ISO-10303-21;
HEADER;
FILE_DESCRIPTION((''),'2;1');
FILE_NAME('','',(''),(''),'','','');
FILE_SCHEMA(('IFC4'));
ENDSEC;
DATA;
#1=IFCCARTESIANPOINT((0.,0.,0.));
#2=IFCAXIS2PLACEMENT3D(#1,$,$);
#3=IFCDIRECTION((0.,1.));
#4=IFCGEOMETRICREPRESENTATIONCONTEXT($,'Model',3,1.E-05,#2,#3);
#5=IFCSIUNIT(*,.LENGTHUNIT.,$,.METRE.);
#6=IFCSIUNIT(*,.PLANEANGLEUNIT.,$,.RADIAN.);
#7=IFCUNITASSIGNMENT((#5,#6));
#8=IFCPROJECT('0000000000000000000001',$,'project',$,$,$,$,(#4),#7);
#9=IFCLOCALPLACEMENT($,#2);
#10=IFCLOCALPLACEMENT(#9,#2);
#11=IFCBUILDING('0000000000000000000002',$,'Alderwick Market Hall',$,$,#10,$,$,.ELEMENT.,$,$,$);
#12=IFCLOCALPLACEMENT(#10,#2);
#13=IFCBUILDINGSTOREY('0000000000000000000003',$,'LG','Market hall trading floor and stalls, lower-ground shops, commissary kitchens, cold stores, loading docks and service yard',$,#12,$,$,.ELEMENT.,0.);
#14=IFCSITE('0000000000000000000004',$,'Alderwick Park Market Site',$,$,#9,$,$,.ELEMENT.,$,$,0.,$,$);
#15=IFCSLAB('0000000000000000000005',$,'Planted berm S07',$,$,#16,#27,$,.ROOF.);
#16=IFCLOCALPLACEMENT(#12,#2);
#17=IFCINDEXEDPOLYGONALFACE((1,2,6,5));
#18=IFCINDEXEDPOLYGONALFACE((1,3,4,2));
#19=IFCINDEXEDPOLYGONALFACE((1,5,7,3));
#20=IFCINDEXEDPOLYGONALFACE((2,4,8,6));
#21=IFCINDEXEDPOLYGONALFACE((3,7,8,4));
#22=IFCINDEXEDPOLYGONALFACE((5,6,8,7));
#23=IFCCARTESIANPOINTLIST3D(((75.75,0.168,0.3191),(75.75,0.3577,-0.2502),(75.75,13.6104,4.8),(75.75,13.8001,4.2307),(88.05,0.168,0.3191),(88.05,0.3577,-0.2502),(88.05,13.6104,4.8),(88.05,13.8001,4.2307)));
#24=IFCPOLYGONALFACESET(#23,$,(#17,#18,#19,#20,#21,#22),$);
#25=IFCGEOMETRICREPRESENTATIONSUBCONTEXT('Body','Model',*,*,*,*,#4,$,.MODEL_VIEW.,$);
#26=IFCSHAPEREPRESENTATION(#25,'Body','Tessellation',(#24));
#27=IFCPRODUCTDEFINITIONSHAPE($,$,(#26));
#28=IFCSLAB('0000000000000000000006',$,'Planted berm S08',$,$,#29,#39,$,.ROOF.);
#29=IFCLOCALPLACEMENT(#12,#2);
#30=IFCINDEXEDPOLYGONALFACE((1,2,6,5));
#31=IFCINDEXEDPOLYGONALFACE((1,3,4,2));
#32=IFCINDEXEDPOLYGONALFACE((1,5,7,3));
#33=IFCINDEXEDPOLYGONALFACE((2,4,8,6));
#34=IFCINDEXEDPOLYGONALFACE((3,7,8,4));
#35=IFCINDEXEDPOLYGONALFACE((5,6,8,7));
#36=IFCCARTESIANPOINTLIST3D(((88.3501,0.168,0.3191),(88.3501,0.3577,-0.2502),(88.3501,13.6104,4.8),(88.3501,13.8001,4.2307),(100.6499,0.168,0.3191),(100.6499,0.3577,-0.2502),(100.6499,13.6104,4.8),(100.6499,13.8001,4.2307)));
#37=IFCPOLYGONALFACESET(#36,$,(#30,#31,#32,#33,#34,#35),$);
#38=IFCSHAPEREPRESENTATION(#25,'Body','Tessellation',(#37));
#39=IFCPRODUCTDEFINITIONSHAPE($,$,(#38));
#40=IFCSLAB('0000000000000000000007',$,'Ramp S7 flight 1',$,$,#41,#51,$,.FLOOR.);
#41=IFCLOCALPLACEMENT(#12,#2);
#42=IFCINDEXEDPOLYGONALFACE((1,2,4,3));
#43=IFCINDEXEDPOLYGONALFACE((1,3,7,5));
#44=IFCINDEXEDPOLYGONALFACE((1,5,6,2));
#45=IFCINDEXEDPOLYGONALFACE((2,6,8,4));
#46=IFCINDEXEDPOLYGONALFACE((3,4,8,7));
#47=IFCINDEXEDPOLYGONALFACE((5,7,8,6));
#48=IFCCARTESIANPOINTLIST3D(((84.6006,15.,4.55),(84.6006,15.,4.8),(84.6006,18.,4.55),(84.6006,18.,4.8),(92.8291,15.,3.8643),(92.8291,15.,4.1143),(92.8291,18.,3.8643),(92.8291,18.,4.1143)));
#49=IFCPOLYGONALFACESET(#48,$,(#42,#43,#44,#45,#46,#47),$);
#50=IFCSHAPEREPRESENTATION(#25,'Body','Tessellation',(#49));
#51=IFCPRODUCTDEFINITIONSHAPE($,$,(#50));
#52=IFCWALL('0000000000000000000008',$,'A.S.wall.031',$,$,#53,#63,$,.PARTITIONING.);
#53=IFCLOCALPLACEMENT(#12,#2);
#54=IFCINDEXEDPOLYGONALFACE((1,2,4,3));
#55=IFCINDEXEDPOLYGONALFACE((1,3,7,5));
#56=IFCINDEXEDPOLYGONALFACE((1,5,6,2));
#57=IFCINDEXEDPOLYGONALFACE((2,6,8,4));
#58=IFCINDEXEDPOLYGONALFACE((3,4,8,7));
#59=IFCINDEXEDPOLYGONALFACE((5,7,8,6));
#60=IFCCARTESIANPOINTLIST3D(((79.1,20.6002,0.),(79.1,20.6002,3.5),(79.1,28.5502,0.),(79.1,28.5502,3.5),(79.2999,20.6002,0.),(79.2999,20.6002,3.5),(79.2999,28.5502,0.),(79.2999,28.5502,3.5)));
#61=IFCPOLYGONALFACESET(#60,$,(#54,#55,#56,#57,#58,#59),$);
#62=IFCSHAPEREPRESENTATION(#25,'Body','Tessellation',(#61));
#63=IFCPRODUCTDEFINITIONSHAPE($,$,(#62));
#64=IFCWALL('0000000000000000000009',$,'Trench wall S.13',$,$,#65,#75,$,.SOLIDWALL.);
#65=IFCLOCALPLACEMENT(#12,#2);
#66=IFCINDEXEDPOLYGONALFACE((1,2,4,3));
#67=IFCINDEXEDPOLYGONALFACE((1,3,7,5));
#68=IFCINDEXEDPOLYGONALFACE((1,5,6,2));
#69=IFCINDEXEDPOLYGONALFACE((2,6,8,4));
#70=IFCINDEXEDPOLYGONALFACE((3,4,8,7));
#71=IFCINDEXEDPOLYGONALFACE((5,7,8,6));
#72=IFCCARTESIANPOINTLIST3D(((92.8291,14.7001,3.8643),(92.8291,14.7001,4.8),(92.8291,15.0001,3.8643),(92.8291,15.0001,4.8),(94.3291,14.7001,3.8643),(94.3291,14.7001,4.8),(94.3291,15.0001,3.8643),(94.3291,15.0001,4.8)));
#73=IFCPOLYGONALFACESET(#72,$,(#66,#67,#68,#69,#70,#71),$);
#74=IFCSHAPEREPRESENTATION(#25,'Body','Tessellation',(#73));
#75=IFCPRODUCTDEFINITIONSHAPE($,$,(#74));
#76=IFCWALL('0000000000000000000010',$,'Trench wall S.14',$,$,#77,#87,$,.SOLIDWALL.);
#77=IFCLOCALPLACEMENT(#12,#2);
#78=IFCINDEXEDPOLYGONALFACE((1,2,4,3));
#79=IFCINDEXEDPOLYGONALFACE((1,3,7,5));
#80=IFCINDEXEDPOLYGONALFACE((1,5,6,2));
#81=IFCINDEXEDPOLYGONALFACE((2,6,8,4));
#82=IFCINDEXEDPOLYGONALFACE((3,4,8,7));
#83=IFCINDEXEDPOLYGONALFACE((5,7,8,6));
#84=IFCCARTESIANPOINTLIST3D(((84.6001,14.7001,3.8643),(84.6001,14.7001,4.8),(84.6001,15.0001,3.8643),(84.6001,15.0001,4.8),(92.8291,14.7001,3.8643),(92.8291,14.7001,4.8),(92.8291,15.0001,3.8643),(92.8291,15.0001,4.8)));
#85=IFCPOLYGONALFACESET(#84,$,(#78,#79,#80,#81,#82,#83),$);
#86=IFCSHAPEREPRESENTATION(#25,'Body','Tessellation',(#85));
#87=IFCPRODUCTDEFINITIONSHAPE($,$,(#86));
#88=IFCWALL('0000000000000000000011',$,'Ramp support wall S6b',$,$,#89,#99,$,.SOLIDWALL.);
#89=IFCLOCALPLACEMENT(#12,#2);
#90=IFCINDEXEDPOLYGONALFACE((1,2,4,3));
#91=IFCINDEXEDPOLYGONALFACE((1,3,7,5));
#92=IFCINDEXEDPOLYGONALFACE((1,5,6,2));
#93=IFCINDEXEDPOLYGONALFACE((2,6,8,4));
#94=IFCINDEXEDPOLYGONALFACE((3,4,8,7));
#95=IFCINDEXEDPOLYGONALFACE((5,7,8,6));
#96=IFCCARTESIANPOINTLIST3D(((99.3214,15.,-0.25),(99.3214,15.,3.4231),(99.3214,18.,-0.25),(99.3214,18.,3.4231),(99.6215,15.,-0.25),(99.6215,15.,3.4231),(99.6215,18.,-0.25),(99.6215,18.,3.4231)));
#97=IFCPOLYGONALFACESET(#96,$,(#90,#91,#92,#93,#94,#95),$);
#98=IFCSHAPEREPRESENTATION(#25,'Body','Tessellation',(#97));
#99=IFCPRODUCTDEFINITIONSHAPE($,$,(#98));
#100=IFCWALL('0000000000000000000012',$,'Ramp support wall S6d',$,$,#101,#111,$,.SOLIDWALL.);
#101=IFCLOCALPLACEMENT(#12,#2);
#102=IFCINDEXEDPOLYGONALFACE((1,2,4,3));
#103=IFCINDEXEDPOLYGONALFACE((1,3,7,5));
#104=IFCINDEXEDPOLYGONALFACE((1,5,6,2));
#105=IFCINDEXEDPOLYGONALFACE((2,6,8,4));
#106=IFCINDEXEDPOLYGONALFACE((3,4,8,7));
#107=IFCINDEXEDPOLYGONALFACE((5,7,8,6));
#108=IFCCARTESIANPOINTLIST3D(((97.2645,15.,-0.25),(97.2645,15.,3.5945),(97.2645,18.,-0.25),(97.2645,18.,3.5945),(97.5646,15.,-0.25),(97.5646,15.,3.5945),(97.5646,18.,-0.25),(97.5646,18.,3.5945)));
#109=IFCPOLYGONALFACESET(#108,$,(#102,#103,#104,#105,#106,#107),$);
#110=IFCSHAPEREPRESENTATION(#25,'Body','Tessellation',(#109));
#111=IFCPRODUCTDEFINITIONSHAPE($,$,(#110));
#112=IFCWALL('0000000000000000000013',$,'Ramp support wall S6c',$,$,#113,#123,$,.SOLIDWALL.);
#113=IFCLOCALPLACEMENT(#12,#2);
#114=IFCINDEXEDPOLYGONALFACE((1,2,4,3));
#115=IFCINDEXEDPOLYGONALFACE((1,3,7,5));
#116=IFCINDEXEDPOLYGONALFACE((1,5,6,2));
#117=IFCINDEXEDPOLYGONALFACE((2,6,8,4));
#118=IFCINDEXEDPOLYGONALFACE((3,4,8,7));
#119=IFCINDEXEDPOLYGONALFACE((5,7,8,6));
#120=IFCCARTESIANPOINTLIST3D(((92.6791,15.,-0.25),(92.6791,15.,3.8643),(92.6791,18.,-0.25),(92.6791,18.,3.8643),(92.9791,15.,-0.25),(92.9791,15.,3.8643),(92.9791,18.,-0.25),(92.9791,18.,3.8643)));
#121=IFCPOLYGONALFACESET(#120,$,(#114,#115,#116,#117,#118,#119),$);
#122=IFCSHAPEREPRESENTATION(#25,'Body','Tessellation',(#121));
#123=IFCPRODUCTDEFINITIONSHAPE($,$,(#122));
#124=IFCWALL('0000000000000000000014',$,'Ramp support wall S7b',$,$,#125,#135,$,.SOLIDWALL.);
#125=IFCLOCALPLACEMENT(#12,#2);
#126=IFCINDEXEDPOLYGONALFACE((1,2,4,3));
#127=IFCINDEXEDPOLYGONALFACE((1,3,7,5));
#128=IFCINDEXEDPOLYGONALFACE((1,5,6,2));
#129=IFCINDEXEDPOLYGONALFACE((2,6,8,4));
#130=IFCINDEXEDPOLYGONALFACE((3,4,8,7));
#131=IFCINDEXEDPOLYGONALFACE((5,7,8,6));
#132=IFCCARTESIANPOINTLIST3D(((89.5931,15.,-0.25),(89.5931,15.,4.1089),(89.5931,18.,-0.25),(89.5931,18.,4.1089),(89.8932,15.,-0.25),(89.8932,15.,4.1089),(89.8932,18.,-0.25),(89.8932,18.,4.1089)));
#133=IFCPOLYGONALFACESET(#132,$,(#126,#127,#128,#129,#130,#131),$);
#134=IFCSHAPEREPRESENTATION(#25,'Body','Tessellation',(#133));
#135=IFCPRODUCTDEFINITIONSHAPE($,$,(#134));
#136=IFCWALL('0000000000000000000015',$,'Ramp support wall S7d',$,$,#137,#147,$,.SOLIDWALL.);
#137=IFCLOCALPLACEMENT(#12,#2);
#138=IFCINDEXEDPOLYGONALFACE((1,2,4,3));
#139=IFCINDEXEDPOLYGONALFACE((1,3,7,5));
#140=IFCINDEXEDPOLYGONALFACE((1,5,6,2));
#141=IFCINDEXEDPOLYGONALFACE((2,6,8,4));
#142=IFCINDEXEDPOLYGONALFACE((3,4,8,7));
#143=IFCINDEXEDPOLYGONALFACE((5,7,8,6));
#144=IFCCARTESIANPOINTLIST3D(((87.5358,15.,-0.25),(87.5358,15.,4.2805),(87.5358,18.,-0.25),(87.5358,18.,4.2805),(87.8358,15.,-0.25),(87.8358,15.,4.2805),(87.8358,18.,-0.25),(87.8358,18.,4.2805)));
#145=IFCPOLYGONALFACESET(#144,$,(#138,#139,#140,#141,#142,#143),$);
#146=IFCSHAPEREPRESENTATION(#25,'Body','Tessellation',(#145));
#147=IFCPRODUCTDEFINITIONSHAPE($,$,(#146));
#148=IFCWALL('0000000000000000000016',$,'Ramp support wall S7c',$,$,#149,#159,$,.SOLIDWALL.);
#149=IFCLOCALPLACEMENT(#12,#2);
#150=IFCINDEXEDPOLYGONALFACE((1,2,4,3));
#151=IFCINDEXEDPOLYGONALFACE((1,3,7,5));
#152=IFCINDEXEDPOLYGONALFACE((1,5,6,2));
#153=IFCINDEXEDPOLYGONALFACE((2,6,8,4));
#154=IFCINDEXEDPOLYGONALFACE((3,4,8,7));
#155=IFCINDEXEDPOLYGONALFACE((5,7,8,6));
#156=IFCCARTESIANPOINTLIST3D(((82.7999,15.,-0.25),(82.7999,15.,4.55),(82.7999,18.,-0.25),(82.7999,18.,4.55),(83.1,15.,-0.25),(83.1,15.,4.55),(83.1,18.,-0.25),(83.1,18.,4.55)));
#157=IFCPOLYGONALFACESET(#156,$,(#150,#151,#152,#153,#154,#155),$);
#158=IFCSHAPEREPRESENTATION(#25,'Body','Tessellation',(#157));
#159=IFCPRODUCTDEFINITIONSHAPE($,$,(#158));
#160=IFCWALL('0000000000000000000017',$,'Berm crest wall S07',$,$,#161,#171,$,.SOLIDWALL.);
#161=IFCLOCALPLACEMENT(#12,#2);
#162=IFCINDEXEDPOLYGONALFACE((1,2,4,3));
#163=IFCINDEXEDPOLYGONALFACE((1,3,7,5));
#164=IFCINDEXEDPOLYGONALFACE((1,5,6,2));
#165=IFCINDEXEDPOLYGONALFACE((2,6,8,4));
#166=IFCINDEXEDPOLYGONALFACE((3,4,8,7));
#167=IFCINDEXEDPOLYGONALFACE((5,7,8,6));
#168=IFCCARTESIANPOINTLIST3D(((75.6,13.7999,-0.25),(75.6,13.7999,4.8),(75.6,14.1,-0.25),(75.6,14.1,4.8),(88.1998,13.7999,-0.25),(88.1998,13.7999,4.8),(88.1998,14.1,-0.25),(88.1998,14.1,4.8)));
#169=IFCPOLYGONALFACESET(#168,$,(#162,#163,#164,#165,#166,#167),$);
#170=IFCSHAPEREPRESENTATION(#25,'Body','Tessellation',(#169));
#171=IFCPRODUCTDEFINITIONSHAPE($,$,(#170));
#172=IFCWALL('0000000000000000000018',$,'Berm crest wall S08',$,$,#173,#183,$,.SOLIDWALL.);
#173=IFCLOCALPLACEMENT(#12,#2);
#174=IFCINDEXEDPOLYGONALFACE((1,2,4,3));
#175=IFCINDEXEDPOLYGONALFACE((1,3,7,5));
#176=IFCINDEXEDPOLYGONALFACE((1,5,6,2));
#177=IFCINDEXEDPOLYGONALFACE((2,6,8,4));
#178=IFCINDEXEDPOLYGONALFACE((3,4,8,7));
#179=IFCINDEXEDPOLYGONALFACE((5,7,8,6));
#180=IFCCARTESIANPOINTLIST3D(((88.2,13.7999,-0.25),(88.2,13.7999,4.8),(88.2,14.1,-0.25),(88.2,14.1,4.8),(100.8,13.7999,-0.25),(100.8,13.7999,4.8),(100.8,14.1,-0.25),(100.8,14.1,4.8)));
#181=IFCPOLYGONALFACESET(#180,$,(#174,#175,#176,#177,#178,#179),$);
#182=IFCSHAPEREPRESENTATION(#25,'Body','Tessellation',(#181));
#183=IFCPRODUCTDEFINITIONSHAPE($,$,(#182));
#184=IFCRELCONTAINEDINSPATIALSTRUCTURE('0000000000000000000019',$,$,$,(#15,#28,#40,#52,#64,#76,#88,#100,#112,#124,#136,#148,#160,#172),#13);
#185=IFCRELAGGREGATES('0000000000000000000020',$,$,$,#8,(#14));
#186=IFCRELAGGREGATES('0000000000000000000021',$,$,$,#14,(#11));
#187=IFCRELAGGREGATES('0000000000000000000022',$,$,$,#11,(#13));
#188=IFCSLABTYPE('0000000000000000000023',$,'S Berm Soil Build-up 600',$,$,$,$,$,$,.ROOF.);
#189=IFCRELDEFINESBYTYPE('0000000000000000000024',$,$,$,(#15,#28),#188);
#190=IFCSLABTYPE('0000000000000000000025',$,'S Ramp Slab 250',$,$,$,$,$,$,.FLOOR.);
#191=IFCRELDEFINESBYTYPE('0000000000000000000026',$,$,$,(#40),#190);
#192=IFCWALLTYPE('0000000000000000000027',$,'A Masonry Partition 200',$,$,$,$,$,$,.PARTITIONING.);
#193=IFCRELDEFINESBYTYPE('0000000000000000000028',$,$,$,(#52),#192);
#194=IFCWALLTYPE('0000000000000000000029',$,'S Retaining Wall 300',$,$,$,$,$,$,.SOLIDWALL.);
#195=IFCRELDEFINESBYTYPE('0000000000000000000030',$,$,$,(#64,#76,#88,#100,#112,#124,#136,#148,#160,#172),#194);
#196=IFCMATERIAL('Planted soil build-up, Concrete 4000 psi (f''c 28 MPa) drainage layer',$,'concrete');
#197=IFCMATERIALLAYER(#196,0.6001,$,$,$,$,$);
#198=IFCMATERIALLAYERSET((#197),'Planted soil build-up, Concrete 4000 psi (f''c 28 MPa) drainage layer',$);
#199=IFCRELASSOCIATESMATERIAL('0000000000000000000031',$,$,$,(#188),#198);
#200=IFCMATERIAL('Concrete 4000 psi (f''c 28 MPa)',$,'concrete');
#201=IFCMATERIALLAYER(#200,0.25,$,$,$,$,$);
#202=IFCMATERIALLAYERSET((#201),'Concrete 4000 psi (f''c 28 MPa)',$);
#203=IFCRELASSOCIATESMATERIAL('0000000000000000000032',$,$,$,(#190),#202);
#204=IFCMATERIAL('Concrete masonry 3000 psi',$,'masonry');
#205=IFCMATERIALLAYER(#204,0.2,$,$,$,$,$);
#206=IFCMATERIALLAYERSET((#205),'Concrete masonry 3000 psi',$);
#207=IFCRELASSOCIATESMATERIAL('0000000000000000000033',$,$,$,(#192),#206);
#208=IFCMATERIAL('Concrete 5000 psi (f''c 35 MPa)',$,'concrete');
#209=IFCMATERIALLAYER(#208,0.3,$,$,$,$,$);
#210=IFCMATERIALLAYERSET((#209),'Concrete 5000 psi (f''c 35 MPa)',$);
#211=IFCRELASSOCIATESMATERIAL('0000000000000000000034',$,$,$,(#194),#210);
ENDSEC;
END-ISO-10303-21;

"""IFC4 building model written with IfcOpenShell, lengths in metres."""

from ifc_helpers import new_model, si_unit, direction, frame, frame_2d, origin, place, context, subcontext, project, spatial, polyline, rectangle, outline, extrude, material, layer, layer_set, type_object, element, save


model = new_model("IFC4")

# Units and contexts
model_context = context("Model", 3, precision=1e-05, world=origin(), true_north=direction((0.0, 1.0)))
body_context = subcontext(model_context, "Body", "Model", "MODEL_VIEW")
ifc_project = project(units=[si_unit("LENGTHUNIT", "METRE"), si_unit("PLANEANGLEUNIT", "RADIAN")], contexts=[model_context])

# Site, building, storey
site_placement = place(None, origin())
site = spatial("IfcSite", under=ifc_project, at=site_placement, Name="Alderwick Park Market Site", CompositionType="ELEMENT", RefElevation=0.0)
building_placement = place(site_placement, origin())
building = spatial("IfcBuilding", under=site, at=building_placement, Name="Alderwick Market Hall", CompositionType="ELEMENT")
storey_placement = place(building_placement, origin())
storey = spatial("IfcBuildingStorey", under=building, at=storey_placement, Name="LG", Description="Market hall trading floor and stalls, lower-ground shops, commissary kitchens, cold stores, loading docks and service yard", CompositionType="ELEMENT", Elevation=0.0)

# Slabs
ifc_material_1 = material(Name="Planted soil build-up, Concrete 4000 psi (f'c 28 MPa) drainage layer", Category="concrete")
ifc_layer_1 = layer(ifc_material_1, 0.6001)
ifc_layer_set_1 = layer_set([ifc_layer_1], Name="Planted soil build-up, Concrete 4000 psi (f'c 28 MPa) drainage layer")
slab_type_1 = type_object("IfcSlabType", Name="S Berm Soil Build-up 600", PredefinedType="ROOF", material=ifc_layer_set_1)
slab_1_placement = place(storey_placement, frame((75.75, 0.168, 0.3191), z_axis=(0.0, -0.316238, 0.94868), x_axis=(1.0, 0.0, 0.0)))
element("IfcSlab", 1, at=slab_1_placement, inside=storey, type_object=slab_type_1, Name="Planted berm S07", PredefinedType="ROOF", context=body_context, shape_type="SweptSolid", body=[
    extrude(outline(polyline([(0.0, 0.0), (12.3, 0.0), (12.3, 14.1696), (0.0, 14.1696), (0.0, 0.0)])), origin(), (0.0, 0.0, -1.0), 0.6001),
])
slab_2_placement = place(storey_placement, frame((88.3501, 0.168, 0.3191), z_axis=(0.0, -0.316238, 0.94868), x_axis=(1.0, 0.0, 0.0)))
element("IfcSlab", 2, at=slab_2_placement, inside=storey, type_object=slab_type_1, Name="Planted berm S08", PredefinedType="ROOF", context=body_context, shape_type="SweptSolid", body=[
    extrude(outline(polyline([(0.0, 0.0), (12.2998, 0.0), (12.2998, 14.1696), (0.0, 14.1696), (0.0, 0.0)])), origin(), (0.0, 0.0, -1.0), 0.6001),
])
ifc_material_2 = material(Name="Concrete 4000 psi (f'c 28 MPa)", Category="concrete")
ifc_layer_2 = layer(ifc_material_2, 0.25)
ifc_layer_set_2 = layer_set([ifc_layer_2], Name="Concrete 4000 psi (f'c 28 MPa)")
slab_type_2 = type_object("IfcSlabType", Name="S Ramp Slab 250", PredefinedType="FLOOR", material=ifc_layer_set_2)
slab_3_placement = place(storey_placement, frame((92.8291, 16.5, 4.1143), z_axis=(0.0, 0.0, 1.0), x_axis=(-1.0, 0.0, 0.0)))
element("IfcSlab", 3, at=slab_3_placement, inside=storey, type_object=slab_type_2, Name="Ramp S7 flight 1", PredefinedType="FLOOR", context=body_context, shape_type="SweptSolid", body=[
    extrude(outline(polyline([(0.0, 0.0), (8.2285, 0.6858), (8.2285, 0.4358), (0.0, -0.25), (0.0, 0.0)])), frame((0.0, 1.5, 0.0), z_axis=(0.0, -1.0, 0.0), x_axis=(1.0, 0.0, 0.0)), (0.0, 0.0, 1.0), 3.0),
])

# Walls
ifc_material_3 = material(Name="Concrete masonry 3000 psi", Category="masonry")
ifc_layer_3 = layer(ifc_material_3, 0.2)
ifc_layer_set_3 = layer_set([ifc_layer_3], Name="Concrete masonry 3000 psi")
wall_type_1 = type_object("IfcWallType", Name="A Masonry Partition 200", PredefinedType="PARTITIONING", material=ifc_layer_set_3)
wall_1_placement = place(storey_placement, frame((79.2, 20.6001, 0.0), z_axis=(0.0, 0.0, 1.0), x_axis=(0.0, 1.0, 0.0)))
element("IfcWall", 4, at=wall_1_placement, inside=storey, type_object=wall_type_1, Name="A.S.wall.031", PredefinedType="PARTITIONING", context=body_context, shape_type="SweptSolid", body=[
    extrude(rectangle(XDim=7.95, YDim=0.2, at=frame_2d((3.9751, 0.0))), origin(), (0.0, 0.0, 1.0), 3.5),
])
ifc_material_4 = material(Name="Concrete 5000 psi (f'c 35 MPa)", Category="concrete")
ifc_layer_4 = layer(ifc_material_4, 0.3)
ifc_layer_set_4 = layer_set([ifc_layer_4], Name="Concrete 5000 psi (f'c 35 MPa)")
wall_type_2 = type_object("IfcWallType", Name="S Retaining Wall 300", PredefinedType="SOLIDWALL", material=ifc_layer_set_4)
wall_2_placement = place(storey_placement, frame((94.3291, 14.8501, 3.8643), z_axis=(0.0, 0.0, 1.0), x_axis=(-1.0, 0.0, 0.0)))
element("IfcWall", 5, at=wall_2_placement, inside=storey, type_object=wall_type_2, Name="Trench wall S.13", PredefinedType="SOLIDWALL", context=body_context, shape_type="SweptSolid", body=[
    extrude(rectangle(XDim=1.5, YDim=0.3, at=frame_2d((0.75, 0.0))), origin(), (0.0, 0.0, 1.0), 0.9358),
])
wall_3_placement = place(storey_placement, frame((92.8291, 14.8501, 3.8643), z_axis=(0.0, 0.0, 1.0), x_axis=(-1.0, 0.0, 0.0)))
element("IfcWall", 6, at=wall_3_placement, inside=storey, type_object=wall_type_2, Name="Trench wall S.14", PredefinedType="SOLIDWALL", context=body_context, shape_type="SweptSolid", body=[
    extrude(rectangle(XDim=8.229, YDim=0.3, at=frame_2d((4.1145, 0.0))), origin(), (0.0, 0.0, 1.0), 0.9358),
])
wall_4_placement = place(storey_placement, frame((99.4714, 15.0, -0.25), z_axis=(0.0, 0.0, 1.0), x_axis=(0.0, 1.0, 0.0)))
element("IfcWall", 7, at=wall_4_placement, inside=storey, type_object=wall_type_2, Name="Ramp support wall S6b", PredefinedType="SOLIDWALL", context=body_context, shape_type="SweptSolid", body=[
    extrude(rectangle(XDim=3.0, YDim=0.3, at=frame_2d((1.5, 0.0))), origin(), (0.0, 0.0, 1.0), 3.6731),
])
wall_5_placement = place(storey_placement, frame((97.4146, 15.0, -0.25), z_axis=(0.0, 0.0, 1.0), x_axis=(0.0, 1.0, 0.0)))
element("IfcWall", 8, at=wall_5_placement, inside=storey, type_object=wall_type_2, Name="Ramp support wall S6d", PredefinedType="SOLIDWALL", context=body_context, shape_type="SweptSolid", body=[
    extrude(rectangle(XDim=3.0, YDim=0.3, at=frame_2d((1.5, 0.0))), origin(), (0.0, 0.0, 1.0), 3.8445),
])
wall_6_placement = place(storey_placement, frame((92.8291, 15.0, -0.25), z_axis=(0.0, 0.0, 1.0), x_axis=(0.0, 1.0, 0.0)))
element("IfcWall", 9, at=wall_6_placement, inside=storey, type_object=wall_type_2, Name="Ramp support wall S6c", PredefinedType="SOLIDWALL", context=body_context, shape_type="SweptSolid", body=[
    extrude(rectangle(XDim=3.0, YDim=0.3, at=frame_2d((1.5, 0.0))), origin(), (0.0, 0.0, 1.0), 4.1143),
])
wall_7_placement = place(storey_placement, frame((89.7432, 15.0, -0.25), z_axis=(0.0, 0.0, 1.0), x_axis=(0.0, 1.0, 0.0)))
element("IfcWall", 10, at=wall_7_placement, inside=storey, type_object=wall_type_2, Name="Ramp support wall S7b", PredefinedType="SOLIDWALL", context=body_context, shape_type="SweptSolid", body=[
    extrude(rectangle(XDim=3.0, YDim=0.3, at=frame_2d((1.5, 0.0))), origin(), (0.0, 0.0, 1.0), 4.3589),
])
wall_8_placement = place(storey_placement, frame((87.6858, 15.0, -0.25), z_axis=(0.0, 0.0, 1.0), x_axis=(0.0, 1.0, 0.0)))
element("IfcWall", 11, at=wall_8_placement, inside=storey, type_object=wall_type_2, Name="Ramp support wall S7d", PredefinedType="SOLIDWALL", context=body_context, shape_type="SweptSolid", body=[
    extrude(rectangle(XDim=3.0, YDim=0.3, at=frame_2d((1.5, 0.0))), origin(), (0.0, 0.0, 1.0), 4.5305),
])
wall_9_placement = place(storey_placement, frame((82.95, 15.0, -0.25), z_axis=(0.0, 0.0, 1.0), x_axis=(0.0, 1.0, 0.0)))
element("IfcWall", 12, at=wall_9_placement, inside=storey, type_object=wall_type_2, Name="Ramp support wall S7c", PredefinedType="SOLIDWALL", context=body_context, shape_type="SweptSolid", body=[
    extrude(rectangle(XDim=3.0, YDim=0.3, at=frame_2d((1.5, 0.0))), origin(), (0.0, 0.0, 1.0), 4.8),
])
wall_10_placement = place(storey_placement, frame((75.6001, 13.95, -0.25), z_axis=(0.0, 0.0, 1.0), x_axis=(1.0, 0.0, 0.0)))
element("IfcWall", 13, at=wall_10_placement, inside=storey, type_object=wall_type_2, Name="Berm crest wall S07", PredefinedType="SOLIDWALL", context=body_context, shape_type="SweptSolid", body=[
    extrude(rectangle(XDim=12.5999, YDim=0.3, at=frame_2d((6.2998, 0.0))), origin(), (0.0, 0.0, 1.0), 5.05),
])
wall_11_placement = place(storey_placement, frame((88.2, 13.95, -0.25), z_axis=(0.0, 0.0, 1.0), x_axis=(1.0, 0.0, 0.0)))
element("IfcWall", 14, at=wall_11_placement, inside=storey, type_object=wall_type_2, Name="Berm crest wall S08", PredefinedType="SOLIDWALL", context=body_context, shape_type="SweptSolid", body=[
    extrude(rectangle(XDim=12.6001, YDim=0.3, at=frame_2d((6.3, 0.0))), origin(), (0.0, 0.0, 1.0), 5.05),
])

save(model, "model.ifc")
